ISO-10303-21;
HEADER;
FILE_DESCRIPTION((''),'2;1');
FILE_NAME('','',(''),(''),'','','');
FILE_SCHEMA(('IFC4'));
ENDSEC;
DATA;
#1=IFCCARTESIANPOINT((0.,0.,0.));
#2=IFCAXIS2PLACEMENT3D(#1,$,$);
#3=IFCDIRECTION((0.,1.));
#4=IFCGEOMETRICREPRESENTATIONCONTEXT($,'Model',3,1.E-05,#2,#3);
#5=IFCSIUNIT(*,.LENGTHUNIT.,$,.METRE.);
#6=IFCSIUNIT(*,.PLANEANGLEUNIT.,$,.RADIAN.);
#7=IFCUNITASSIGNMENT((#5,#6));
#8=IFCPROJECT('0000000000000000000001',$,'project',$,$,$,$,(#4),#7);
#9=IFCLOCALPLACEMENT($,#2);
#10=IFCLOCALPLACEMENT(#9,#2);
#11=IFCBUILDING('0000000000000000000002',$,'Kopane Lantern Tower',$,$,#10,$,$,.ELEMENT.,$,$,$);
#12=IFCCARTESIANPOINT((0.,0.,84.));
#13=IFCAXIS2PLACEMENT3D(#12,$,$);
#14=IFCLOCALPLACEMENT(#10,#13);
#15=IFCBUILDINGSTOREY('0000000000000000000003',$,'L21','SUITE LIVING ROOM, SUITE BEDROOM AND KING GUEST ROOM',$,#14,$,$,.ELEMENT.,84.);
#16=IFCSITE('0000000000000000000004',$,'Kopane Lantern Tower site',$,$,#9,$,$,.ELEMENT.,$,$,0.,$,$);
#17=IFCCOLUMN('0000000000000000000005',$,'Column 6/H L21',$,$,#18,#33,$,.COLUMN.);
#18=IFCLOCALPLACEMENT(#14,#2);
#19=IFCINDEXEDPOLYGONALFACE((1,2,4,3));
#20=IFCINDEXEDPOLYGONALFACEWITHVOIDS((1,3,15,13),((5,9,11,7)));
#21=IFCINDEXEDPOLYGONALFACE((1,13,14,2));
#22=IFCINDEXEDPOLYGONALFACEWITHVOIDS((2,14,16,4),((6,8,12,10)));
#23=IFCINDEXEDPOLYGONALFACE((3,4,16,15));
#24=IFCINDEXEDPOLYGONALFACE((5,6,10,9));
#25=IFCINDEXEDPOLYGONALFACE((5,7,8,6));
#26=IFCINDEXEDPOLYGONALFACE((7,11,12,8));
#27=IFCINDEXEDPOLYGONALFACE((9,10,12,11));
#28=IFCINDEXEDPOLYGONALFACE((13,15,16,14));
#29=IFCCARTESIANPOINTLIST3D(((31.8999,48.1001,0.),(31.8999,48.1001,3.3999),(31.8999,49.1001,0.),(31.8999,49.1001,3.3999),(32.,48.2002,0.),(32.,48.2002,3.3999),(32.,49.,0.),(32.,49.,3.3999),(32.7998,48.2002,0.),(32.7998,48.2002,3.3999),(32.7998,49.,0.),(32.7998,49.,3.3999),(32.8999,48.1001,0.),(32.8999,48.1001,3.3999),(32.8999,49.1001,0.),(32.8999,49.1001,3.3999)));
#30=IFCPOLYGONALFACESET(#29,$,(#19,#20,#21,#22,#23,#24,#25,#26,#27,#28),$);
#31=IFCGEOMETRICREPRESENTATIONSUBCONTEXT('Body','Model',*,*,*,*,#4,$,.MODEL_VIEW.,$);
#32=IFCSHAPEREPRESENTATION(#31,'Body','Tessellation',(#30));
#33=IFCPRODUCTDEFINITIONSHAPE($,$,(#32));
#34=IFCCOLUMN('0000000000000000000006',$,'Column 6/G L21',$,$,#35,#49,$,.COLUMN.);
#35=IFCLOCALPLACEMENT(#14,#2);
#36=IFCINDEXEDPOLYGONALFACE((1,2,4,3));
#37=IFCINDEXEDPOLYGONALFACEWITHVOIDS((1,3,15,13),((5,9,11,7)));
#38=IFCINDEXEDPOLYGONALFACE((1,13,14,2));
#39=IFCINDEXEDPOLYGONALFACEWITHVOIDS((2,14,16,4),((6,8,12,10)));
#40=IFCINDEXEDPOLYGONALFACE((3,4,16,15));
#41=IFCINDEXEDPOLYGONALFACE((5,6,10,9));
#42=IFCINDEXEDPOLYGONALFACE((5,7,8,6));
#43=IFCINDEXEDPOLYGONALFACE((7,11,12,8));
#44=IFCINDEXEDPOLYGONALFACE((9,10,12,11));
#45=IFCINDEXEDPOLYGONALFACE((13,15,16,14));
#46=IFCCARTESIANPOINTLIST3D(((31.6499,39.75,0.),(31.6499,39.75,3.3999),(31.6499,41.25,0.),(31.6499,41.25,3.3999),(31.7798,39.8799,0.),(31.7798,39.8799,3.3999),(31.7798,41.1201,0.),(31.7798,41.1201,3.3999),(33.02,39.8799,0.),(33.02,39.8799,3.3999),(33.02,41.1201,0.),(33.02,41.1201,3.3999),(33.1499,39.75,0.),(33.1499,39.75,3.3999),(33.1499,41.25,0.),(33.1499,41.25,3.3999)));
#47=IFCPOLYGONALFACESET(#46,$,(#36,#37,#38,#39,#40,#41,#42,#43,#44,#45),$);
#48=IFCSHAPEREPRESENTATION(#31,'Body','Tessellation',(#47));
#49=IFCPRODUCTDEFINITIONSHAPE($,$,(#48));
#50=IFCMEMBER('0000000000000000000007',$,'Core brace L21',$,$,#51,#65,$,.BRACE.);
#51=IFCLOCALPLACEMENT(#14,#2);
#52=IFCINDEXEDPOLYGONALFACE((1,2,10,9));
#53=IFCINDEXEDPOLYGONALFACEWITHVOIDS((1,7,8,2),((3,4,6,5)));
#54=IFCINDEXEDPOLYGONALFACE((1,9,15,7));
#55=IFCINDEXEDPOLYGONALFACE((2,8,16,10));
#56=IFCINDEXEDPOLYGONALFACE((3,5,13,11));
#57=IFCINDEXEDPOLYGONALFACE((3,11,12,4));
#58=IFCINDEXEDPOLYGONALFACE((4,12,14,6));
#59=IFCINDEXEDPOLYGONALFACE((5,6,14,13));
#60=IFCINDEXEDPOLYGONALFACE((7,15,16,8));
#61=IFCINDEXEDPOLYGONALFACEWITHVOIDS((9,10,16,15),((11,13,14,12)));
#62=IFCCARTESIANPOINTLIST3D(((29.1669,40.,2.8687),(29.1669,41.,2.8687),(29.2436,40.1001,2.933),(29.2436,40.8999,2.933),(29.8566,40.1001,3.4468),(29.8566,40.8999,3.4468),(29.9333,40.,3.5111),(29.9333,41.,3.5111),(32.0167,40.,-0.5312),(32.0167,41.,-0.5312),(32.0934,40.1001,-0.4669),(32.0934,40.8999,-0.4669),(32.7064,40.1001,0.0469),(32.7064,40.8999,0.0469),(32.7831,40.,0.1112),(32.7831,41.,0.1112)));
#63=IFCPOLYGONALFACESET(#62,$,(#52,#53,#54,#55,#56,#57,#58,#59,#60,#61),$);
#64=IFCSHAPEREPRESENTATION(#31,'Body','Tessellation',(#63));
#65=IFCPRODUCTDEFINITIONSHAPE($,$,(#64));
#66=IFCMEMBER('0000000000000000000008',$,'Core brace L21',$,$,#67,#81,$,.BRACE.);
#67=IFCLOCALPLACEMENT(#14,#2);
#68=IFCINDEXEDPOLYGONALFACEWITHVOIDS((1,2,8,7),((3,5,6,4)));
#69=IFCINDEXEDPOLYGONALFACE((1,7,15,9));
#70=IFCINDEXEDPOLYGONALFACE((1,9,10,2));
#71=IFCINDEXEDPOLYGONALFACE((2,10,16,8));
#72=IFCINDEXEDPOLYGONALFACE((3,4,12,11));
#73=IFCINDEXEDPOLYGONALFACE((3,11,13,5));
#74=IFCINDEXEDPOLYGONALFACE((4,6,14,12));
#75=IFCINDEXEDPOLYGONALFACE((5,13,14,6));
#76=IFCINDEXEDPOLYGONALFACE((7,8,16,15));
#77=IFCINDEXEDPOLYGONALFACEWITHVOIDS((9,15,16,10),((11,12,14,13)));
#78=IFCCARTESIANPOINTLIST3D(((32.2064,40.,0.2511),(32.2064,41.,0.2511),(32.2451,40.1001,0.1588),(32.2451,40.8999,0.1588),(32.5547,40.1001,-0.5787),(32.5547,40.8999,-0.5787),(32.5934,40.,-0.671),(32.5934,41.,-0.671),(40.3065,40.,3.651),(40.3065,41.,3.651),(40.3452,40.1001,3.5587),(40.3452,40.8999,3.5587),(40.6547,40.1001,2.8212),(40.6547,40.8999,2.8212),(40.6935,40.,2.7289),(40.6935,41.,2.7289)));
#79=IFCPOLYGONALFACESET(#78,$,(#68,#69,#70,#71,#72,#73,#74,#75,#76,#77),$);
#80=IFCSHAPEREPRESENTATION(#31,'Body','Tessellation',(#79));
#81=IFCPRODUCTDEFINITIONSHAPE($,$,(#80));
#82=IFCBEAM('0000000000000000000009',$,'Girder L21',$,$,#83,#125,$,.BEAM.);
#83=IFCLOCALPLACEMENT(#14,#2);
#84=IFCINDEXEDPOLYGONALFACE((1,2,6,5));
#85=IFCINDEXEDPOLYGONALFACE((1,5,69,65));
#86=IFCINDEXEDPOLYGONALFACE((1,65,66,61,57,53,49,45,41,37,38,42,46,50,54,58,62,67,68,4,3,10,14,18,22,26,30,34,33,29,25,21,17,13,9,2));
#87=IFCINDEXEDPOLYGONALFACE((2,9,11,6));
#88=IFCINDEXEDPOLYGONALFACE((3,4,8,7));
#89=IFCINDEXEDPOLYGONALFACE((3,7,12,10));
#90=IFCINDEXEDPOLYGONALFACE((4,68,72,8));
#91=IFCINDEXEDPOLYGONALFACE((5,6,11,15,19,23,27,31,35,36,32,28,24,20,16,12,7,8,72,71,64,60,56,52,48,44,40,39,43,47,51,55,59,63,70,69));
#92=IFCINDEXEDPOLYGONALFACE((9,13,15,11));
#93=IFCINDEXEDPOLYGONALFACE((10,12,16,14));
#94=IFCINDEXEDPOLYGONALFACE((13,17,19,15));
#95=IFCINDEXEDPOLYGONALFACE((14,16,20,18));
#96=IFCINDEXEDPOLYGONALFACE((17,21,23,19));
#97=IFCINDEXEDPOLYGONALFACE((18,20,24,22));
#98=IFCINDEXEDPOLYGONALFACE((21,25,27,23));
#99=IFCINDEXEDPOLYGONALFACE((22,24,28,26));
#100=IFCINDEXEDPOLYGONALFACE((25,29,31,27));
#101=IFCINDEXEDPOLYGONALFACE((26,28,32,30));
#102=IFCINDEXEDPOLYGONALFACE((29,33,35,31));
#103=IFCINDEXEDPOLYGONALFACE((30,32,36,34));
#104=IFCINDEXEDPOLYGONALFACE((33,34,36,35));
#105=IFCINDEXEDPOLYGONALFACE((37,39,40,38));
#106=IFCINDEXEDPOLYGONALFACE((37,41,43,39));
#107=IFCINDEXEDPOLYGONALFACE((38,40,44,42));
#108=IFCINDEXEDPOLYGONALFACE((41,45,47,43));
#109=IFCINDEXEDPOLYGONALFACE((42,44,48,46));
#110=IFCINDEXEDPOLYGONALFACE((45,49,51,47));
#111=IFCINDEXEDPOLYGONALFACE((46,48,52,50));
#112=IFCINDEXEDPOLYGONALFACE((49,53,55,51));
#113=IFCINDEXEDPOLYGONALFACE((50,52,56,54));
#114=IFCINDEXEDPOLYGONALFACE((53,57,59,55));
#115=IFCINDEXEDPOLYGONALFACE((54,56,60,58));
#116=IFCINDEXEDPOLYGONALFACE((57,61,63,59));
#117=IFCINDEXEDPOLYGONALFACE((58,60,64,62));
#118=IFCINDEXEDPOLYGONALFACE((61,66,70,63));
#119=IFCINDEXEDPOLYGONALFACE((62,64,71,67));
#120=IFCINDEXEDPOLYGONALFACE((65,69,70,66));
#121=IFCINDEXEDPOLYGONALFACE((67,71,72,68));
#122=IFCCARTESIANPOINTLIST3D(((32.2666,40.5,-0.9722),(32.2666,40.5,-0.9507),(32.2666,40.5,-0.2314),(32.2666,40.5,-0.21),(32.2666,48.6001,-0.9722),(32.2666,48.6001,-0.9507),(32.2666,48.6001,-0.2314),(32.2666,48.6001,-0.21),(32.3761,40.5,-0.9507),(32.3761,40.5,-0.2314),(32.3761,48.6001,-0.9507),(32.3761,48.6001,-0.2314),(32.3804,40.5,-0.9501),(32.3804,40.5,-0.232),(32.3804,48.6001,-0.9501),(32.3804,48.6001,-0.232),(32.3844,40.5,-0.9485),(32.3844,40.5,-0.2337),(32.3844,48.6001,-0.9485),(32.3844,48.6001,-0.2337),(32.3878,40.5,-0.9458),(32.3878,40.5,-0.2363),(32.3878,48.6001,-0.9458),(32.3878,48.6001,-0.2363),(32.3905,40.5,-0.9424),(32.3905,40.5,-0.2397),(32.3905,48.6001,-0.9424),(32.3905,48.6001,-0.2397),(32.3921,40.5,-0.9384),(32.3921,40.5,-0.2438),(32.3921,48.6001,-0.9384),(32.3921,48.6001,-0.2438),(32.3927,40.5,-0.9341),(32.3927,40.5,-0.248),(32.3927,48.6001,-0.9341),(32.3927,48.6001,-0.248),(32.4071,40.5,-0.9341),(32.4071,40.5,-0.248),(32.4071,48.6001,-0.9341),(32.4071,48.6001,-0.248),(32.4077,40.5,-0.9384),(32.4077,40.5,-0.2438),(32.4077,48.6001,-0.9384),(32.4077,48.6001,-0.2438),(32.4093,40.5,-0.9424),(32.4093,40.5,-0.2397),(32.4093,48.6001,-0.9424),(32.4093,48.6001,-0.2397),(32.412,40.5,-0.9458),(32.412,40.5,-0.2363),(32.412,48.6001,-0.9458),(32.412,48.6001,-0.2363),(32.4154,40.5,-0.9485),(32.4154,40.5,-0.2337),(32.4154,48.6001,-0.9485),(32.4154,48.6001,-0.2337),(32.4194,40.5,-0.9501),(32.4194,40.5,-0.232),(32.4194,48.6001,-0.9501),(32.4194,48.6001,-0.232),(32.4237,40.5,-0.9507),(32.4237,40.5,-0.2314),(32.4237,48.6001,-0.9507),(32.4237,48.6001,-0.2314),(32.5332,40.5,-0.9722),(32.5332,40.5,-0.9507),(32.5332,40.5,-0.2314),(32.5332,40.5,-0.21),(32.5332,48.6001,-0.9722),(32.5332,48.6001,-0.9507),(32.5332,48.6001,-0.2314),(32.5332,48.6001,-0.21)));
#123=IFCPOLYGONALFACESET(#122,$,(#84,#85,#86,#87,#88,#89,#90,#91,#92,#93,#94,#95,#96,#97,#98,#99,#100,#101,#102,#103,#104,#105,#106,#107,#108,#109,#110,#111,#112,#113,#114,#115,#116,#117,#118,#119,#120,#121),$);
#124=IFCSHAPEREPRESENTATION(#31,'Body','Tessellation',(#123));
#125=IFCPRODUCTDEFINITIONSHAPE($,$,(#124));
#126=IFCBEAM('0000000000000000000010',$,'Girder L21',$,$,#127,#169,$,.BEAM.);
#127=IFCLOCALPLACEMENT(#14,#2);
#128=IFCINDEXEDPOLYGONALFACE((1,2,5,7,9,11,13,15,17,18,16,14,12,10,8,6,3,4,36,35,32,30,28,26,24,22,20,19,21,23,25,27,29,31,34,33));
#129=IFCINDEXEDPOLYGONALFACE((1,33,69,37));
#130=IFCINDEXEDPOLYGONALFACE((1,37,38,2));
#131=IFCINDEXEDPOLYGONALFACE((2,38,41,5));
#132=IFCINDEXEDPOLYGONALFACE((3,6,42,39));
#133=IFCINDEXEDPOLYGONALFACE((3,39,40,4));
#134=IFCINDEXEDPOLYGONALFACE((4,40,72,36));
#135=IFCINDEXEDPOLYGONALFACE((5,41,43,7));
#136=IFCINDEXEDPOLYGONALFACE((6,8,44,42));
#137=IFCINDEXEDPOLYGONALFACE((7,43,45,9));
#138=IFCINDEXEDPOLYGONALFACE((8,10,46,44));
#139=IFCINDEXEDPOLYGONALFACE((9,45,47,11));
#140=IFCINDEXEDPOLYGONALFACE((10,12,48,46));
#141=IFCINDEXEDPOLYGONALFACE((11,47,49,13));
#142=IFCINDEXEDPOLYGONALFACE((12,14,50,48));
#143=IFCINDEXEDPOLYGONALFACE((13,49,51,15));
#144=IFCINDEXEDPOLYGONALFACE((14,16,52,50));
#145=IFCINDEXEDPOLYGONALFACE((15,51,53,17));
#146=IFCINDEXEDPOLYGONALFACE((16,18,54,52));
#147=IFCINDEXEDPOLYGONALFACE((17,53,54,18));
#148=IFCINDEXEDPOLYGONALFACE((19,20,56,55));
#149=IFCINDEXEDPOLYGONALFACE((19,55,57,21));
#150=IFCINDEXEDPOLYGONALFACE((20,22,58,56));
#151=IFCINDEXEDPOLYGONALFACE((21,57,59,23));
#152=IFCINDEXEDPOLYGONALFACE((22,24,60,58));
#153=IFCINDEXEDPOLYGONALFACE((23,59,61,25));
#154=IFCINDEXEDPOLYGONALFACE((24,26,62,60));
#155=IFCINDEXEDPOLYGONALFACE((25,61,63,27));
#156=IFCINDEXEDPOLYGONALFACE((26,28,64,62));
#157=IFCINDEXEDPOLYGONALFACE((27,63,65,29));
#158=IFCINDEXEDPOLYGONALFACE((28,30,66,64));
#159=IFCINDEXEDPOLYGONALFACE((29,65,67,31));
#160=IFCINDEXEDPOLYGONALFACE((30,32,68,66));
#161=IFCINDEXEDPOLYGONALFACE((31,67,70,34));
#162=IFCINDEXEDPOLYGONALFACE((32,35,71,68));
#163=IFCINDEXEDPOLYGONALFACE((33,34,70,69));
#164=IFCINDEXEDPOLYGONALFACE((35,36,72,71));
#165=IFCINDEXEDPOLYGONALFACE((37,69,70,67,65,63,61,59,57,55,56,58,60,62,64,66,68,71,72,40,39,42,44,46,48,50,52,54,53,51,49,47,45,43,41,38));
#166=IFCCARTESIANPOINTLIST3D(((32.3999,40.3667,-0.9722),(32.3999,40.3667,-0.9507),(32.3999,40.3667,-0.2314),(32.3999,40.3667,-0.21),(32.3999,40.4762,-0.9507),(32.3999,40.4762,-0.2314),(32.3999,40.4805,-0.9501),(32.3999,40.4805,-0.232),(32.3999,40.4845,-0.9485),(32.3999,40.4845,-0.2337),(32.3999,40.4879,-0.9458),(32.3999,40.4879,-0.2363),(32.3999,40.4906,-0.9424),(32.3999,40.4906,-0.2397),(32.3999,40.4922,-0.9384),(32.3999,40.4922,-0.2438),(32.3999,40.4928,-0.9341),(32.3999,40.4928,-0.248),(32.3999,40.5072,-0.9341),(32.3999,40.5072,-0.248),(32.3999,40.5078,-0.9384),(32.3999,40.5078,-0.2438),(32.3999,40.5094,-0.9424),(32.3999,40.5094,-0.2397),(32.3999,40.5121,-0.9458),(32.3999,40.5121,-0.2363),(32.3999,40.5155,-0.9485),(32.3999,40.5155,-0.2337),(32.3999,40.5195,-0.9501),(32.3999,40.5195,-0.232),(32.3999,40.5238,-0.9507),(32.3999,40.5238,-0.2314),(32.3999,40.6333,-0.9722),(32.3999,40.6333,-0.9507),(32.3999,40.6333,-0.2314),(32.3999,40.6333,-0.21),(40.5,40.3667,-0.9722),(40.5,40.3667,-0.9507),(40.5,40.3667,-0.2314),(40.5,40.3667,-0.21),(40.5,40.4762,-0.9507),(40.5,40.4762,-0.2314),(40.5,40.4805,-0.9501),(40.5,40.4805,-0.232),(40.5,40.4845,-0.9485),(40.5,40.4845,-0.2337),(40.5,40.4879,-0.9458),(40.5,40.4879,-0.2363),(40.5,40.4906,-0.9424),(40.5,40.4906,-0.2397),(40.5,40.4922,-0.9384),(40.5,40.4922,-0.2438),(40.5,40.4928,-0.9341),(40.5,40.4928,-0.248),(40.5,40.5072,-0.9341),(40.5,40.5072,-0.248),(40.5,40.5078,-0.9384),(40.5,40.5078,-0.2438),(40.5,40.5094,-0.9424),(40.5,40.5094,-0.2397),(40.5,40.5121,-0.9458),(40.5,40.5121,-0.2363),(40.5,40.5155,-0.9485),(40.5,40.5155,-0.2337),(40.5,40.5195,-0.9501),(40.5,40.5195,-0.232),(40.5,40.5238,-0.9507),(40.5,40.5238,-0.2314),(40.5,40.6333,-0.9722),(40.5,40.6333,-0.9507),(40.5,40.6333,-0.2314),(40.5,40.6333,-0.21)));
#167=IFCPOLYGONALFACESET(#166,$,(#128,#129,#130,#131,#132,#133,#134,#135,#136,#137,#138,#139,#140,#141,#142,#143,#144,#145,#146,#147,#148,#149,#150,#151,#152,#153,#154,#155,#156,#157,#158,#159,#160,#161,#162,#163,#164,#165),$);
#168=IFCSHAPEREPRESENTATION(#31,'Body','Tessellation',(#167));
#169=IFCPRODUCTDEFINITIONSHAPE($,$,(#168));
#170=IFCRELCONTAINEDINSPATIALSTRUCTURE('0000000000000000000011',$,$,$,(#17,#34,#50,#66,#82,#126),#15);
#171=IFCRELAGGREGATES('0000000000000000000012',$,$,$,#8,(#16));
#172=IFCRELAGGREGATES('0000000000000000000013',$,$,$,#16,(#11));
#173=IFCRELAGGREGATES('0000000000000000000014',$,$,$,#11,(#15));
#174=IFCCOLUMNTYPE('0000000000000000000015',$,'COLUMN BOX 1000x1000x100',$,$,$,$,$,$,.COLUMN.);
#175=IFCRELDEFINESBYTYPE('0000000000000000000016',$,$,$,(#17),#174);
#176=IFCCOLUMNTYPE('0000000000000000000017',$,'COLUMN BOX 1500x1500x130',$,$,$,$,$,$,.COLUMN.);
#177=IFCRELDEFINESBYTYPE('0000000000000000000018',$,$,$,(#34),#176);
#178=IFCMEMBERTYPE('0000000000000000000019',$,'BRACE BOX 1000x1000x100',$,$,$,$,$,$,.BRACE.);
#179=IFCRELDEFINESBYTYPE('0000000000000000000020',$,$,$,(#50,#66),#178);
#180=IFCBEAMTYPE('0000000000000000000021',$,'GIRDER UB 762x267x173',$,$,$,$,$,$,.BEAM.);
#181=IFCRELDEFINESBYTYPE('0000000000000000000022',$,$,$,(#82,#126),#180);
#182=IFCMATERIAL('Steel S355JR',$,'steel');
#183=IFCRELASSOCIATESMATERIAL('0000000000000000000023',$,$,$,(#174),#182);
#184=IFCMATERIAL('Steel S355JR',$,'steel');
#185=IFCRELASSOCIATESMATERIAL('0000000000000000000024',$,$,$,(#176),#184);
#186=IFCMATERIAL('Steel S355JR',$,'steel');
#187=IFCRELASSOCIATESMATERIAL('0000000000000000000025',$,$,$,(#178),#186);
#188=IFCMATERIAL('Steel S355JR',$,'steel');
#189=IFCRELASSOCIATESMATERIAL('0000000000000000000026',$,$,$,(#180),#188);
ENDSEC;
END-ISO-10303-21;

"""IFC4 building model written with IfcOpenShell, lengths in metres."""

from ifc_helpers import new_model, si_unit, direction, frame, origin, origin_2d, place, context, subcontext, project, spatial, hollow_rectangle, i_section, extrude, material, material_profile, profile_set, type_object, element, save


model = new_model("IFC4")

# Units and contexts
model_context = context("Model", 3, precision=1e-05, world=origin(), true_north=direction((0.0, 1.0)))
body_context = subcontext(model_context, "Body", "Model", "MODEL_VIEW")
ifc_project = project(units=[si_unit("LENGTHUNIT", "METRE"), si_unit("PLANEANGLEUNIT", "RADIAN")], contexts=[model_context])

# Site, building, storey
site_placement = place(None, origin())
site = spatial("IfcSite", under=ifc_project, at=site_placement, Name="Kopane Lantern Tower site", CompositionType="ELEMENT", RefElevation=0.0)
building_placement = place(site_placement, origin())
building = spatial("IfcBuilding", under=site, at=building_placement, Name="Kopane Lantern Tower", CompositionType="ELEMENT")
storey_placement = place(building_placement, frame((0.0, 0.0, 84.0)))
storey = spatial("IfcBuildingStorey", under=building, at=storey_placement, Name="L21", Description="SUITE LIVING ROOM, SUITE BEDROOM AND KING GUEST ROOM", CompositionType="ELEMENT", Elevation=84.0)

# Columns
ifc_material_1 = material(Name="Steel S355JR", Category="steel")
ifc_material_profile_1 = material_profile(ifc_material_1, hollow_rectangle(XDim=1.0, YDim=1.0, WallThickness=0.1001, at=origin_2d()), Name="BOX 1000x1000x100")
ifc_profile_set_1 = profile_set([ifc_material_profile_1], Name="Steel S355JR")
column_type_1 = type_object("IfcColumnType", Name="COLUMN BOX 1000x1000x100", PredefinedType="COLUMN", material=ifc_profile_set_1)
column_1_placement = place(storey_placement, frame((32.3999, 48.6001, 0.0), z_axis=(0.0, 0.0, 1.0), x_axis=(1.0, 0.0, 0.0)))
element("IfcColumn", 1, at=column_1_placement, inside=storey, type_object=column_type_1, Name="Column 6/H L21", PredefinedType="COLUMN", context=body_context, shape_type="SweptSolid", body=[
    extrude(hollow_rectangle(XDim=1.0, YDim=1.0, WallThickness=0.1001, at=origin_2d()), origin(), (0.0, 0.0, 1.0), 3.3999),
])
ifc_material_2 = material(Name="Steel S355JR", Category="steel")
ifc_material_profile_2 = material_profile(ifc_material_2, hollow_rectangle(XDim=1.5, YDim=1.5, WallThickness=0.1299, at=origin_2d()), Name="BOX 1500x1500x130")
ifc_profile_set_2 = profile_set([ifc_material_profile_2], Name="Steel S355JR")
column_type_2 = type_object("IfcColumnType", Name="COLUMN BOX 1500x1500x130", PredefinedType="COLUMN", material=ifc_profile_set_2)
column_2_placement = place(storey_placement, frame((32.3999, 40.5, 0.0), z_axis=(0.0, 0.0, 1.0), x_axis=(1.0, 0.0, 0.0)))
element("IfcColumn", 2, at=column_2_placement, inside=storey, type_object=column_type_2, Name="Column 6/G L21", PredefinedType="COLUMN", context=body_context, shape_type="SweptSolid", body=[
    extrude(hollow_rectangle(XDim=1.5, YDim=1.5, WallThickness=0.1299, at=origin_2d()), origin(), (0.0, 0.0, 1.0), 3.3999),
])

# Members
ifc_material_3 = material(Name="Steel S355JR", Category="steel")
ifc_material_profile_3 = material_profile(ifc_material_3, hollow_rectangle(XDim=1.0, YDim=1.0, WallThickness=0.1001, at=origin_2d()), Name="BOX 1000x1000x100")
ifc_profile_set_3 = profile_set([ifc_material_profile_3], Name="Steel S355JR")
member_type = type_object("IfcMemberType", Name="BRACE BOX 1000x1000x100", PredefinedType="BRACE", material=ifc_profile_set_3)
member_1_placement = place(storey_placement, frame((32.3999, 40.5, -0.21), z_axis=(-0.64239, 0.0, 0.766378), x_axis=(0.0, -1.0, 0.0)))
element("IfcMember", 3, at=member_1_placement, inside=storey, type_object=member_type, Name="Core brace L21", PredefinedType="BRACE", context=body_context, shape_type="SweptSolid", body=[
    extrude(hollow_rectangle(XDim=1.0, YDim=1.0, WallThickness=0.1001, at=origin_2d()), origin(), (0.0, 0.0, 1.0), 4.4363),
])
member_2_placement = place(storey_placement, frame((32.3999, 40.5, -0.21), z_axis=(0.922069, 0.0, 0.387026), x_axis=(0.0, 1.0, 0.0)))
element("IfcMember", 4, at=member_2_placement, inside=storey, type_object=member_type, Name="Core brace L21", PredefinedType="BRACE", context=body_context, shape_type="SweptSolid", body=[
    extrude(hollow_rectangle(XDim=1.0, YDim=1.0, WallThickness=0.1001, at=origin_2d()), origin(), (0.0, 0.0, 1.0), 8.7847),
])

# Beams
ifc_material_4 = material(Name="Steel S355JR", Category="steel")
ifc_material_profile_4 = material_profile(ifc_material_4, i_section(OverallWidth=0.2666, OverallDepth=0.7622, WebThickness=0.0144, FlangeThickness=0.0215, FilletRadius=0.0166, at=origin_2d()), Name="UB 762x267x173")
ifc_profile_set_4 = profile_set([ifc_material_profile_4], Name="Steel S355JR")
beam_type = type_object("IfcBeamType", Name="GIRDER UB 762x267x173", PredefinedType="BEAM", material=ifc_profile_set_4)
for number, where, z_axis, x_axis, name in (
    (5, (32.3999, 40.5, -0.5911), (0.0, 1.0, 0.0), (-1.0, 0.0, 0.0), "Girder L21"),
    (6, (32.3999, 40.5, -0.5911), (1.0, 0.0, 0.0), (0.0, 1.0, 0.0), "Girder L21"),
):
    element("IfcBeam", number, at=place(storey_placement, frame(where, z_axis=z_axis, x_axis=x_axis)), inside=storey, type_object=beam_type, Name=name, PredefinedType="BEAM", context=body_context, shape_type="SweptSolid", body=[
        extrude(i_section(OverallWidth=0.2666, OverallDepth=0.7622, WebThickness=0.0144, FlangeThickness=0.0215, FilletRadius=0.0166, at=origin_2d()), origin(), (0.0, 0.0, 1.0), 8.1001),
    ])

save(model, "model.ifc")
